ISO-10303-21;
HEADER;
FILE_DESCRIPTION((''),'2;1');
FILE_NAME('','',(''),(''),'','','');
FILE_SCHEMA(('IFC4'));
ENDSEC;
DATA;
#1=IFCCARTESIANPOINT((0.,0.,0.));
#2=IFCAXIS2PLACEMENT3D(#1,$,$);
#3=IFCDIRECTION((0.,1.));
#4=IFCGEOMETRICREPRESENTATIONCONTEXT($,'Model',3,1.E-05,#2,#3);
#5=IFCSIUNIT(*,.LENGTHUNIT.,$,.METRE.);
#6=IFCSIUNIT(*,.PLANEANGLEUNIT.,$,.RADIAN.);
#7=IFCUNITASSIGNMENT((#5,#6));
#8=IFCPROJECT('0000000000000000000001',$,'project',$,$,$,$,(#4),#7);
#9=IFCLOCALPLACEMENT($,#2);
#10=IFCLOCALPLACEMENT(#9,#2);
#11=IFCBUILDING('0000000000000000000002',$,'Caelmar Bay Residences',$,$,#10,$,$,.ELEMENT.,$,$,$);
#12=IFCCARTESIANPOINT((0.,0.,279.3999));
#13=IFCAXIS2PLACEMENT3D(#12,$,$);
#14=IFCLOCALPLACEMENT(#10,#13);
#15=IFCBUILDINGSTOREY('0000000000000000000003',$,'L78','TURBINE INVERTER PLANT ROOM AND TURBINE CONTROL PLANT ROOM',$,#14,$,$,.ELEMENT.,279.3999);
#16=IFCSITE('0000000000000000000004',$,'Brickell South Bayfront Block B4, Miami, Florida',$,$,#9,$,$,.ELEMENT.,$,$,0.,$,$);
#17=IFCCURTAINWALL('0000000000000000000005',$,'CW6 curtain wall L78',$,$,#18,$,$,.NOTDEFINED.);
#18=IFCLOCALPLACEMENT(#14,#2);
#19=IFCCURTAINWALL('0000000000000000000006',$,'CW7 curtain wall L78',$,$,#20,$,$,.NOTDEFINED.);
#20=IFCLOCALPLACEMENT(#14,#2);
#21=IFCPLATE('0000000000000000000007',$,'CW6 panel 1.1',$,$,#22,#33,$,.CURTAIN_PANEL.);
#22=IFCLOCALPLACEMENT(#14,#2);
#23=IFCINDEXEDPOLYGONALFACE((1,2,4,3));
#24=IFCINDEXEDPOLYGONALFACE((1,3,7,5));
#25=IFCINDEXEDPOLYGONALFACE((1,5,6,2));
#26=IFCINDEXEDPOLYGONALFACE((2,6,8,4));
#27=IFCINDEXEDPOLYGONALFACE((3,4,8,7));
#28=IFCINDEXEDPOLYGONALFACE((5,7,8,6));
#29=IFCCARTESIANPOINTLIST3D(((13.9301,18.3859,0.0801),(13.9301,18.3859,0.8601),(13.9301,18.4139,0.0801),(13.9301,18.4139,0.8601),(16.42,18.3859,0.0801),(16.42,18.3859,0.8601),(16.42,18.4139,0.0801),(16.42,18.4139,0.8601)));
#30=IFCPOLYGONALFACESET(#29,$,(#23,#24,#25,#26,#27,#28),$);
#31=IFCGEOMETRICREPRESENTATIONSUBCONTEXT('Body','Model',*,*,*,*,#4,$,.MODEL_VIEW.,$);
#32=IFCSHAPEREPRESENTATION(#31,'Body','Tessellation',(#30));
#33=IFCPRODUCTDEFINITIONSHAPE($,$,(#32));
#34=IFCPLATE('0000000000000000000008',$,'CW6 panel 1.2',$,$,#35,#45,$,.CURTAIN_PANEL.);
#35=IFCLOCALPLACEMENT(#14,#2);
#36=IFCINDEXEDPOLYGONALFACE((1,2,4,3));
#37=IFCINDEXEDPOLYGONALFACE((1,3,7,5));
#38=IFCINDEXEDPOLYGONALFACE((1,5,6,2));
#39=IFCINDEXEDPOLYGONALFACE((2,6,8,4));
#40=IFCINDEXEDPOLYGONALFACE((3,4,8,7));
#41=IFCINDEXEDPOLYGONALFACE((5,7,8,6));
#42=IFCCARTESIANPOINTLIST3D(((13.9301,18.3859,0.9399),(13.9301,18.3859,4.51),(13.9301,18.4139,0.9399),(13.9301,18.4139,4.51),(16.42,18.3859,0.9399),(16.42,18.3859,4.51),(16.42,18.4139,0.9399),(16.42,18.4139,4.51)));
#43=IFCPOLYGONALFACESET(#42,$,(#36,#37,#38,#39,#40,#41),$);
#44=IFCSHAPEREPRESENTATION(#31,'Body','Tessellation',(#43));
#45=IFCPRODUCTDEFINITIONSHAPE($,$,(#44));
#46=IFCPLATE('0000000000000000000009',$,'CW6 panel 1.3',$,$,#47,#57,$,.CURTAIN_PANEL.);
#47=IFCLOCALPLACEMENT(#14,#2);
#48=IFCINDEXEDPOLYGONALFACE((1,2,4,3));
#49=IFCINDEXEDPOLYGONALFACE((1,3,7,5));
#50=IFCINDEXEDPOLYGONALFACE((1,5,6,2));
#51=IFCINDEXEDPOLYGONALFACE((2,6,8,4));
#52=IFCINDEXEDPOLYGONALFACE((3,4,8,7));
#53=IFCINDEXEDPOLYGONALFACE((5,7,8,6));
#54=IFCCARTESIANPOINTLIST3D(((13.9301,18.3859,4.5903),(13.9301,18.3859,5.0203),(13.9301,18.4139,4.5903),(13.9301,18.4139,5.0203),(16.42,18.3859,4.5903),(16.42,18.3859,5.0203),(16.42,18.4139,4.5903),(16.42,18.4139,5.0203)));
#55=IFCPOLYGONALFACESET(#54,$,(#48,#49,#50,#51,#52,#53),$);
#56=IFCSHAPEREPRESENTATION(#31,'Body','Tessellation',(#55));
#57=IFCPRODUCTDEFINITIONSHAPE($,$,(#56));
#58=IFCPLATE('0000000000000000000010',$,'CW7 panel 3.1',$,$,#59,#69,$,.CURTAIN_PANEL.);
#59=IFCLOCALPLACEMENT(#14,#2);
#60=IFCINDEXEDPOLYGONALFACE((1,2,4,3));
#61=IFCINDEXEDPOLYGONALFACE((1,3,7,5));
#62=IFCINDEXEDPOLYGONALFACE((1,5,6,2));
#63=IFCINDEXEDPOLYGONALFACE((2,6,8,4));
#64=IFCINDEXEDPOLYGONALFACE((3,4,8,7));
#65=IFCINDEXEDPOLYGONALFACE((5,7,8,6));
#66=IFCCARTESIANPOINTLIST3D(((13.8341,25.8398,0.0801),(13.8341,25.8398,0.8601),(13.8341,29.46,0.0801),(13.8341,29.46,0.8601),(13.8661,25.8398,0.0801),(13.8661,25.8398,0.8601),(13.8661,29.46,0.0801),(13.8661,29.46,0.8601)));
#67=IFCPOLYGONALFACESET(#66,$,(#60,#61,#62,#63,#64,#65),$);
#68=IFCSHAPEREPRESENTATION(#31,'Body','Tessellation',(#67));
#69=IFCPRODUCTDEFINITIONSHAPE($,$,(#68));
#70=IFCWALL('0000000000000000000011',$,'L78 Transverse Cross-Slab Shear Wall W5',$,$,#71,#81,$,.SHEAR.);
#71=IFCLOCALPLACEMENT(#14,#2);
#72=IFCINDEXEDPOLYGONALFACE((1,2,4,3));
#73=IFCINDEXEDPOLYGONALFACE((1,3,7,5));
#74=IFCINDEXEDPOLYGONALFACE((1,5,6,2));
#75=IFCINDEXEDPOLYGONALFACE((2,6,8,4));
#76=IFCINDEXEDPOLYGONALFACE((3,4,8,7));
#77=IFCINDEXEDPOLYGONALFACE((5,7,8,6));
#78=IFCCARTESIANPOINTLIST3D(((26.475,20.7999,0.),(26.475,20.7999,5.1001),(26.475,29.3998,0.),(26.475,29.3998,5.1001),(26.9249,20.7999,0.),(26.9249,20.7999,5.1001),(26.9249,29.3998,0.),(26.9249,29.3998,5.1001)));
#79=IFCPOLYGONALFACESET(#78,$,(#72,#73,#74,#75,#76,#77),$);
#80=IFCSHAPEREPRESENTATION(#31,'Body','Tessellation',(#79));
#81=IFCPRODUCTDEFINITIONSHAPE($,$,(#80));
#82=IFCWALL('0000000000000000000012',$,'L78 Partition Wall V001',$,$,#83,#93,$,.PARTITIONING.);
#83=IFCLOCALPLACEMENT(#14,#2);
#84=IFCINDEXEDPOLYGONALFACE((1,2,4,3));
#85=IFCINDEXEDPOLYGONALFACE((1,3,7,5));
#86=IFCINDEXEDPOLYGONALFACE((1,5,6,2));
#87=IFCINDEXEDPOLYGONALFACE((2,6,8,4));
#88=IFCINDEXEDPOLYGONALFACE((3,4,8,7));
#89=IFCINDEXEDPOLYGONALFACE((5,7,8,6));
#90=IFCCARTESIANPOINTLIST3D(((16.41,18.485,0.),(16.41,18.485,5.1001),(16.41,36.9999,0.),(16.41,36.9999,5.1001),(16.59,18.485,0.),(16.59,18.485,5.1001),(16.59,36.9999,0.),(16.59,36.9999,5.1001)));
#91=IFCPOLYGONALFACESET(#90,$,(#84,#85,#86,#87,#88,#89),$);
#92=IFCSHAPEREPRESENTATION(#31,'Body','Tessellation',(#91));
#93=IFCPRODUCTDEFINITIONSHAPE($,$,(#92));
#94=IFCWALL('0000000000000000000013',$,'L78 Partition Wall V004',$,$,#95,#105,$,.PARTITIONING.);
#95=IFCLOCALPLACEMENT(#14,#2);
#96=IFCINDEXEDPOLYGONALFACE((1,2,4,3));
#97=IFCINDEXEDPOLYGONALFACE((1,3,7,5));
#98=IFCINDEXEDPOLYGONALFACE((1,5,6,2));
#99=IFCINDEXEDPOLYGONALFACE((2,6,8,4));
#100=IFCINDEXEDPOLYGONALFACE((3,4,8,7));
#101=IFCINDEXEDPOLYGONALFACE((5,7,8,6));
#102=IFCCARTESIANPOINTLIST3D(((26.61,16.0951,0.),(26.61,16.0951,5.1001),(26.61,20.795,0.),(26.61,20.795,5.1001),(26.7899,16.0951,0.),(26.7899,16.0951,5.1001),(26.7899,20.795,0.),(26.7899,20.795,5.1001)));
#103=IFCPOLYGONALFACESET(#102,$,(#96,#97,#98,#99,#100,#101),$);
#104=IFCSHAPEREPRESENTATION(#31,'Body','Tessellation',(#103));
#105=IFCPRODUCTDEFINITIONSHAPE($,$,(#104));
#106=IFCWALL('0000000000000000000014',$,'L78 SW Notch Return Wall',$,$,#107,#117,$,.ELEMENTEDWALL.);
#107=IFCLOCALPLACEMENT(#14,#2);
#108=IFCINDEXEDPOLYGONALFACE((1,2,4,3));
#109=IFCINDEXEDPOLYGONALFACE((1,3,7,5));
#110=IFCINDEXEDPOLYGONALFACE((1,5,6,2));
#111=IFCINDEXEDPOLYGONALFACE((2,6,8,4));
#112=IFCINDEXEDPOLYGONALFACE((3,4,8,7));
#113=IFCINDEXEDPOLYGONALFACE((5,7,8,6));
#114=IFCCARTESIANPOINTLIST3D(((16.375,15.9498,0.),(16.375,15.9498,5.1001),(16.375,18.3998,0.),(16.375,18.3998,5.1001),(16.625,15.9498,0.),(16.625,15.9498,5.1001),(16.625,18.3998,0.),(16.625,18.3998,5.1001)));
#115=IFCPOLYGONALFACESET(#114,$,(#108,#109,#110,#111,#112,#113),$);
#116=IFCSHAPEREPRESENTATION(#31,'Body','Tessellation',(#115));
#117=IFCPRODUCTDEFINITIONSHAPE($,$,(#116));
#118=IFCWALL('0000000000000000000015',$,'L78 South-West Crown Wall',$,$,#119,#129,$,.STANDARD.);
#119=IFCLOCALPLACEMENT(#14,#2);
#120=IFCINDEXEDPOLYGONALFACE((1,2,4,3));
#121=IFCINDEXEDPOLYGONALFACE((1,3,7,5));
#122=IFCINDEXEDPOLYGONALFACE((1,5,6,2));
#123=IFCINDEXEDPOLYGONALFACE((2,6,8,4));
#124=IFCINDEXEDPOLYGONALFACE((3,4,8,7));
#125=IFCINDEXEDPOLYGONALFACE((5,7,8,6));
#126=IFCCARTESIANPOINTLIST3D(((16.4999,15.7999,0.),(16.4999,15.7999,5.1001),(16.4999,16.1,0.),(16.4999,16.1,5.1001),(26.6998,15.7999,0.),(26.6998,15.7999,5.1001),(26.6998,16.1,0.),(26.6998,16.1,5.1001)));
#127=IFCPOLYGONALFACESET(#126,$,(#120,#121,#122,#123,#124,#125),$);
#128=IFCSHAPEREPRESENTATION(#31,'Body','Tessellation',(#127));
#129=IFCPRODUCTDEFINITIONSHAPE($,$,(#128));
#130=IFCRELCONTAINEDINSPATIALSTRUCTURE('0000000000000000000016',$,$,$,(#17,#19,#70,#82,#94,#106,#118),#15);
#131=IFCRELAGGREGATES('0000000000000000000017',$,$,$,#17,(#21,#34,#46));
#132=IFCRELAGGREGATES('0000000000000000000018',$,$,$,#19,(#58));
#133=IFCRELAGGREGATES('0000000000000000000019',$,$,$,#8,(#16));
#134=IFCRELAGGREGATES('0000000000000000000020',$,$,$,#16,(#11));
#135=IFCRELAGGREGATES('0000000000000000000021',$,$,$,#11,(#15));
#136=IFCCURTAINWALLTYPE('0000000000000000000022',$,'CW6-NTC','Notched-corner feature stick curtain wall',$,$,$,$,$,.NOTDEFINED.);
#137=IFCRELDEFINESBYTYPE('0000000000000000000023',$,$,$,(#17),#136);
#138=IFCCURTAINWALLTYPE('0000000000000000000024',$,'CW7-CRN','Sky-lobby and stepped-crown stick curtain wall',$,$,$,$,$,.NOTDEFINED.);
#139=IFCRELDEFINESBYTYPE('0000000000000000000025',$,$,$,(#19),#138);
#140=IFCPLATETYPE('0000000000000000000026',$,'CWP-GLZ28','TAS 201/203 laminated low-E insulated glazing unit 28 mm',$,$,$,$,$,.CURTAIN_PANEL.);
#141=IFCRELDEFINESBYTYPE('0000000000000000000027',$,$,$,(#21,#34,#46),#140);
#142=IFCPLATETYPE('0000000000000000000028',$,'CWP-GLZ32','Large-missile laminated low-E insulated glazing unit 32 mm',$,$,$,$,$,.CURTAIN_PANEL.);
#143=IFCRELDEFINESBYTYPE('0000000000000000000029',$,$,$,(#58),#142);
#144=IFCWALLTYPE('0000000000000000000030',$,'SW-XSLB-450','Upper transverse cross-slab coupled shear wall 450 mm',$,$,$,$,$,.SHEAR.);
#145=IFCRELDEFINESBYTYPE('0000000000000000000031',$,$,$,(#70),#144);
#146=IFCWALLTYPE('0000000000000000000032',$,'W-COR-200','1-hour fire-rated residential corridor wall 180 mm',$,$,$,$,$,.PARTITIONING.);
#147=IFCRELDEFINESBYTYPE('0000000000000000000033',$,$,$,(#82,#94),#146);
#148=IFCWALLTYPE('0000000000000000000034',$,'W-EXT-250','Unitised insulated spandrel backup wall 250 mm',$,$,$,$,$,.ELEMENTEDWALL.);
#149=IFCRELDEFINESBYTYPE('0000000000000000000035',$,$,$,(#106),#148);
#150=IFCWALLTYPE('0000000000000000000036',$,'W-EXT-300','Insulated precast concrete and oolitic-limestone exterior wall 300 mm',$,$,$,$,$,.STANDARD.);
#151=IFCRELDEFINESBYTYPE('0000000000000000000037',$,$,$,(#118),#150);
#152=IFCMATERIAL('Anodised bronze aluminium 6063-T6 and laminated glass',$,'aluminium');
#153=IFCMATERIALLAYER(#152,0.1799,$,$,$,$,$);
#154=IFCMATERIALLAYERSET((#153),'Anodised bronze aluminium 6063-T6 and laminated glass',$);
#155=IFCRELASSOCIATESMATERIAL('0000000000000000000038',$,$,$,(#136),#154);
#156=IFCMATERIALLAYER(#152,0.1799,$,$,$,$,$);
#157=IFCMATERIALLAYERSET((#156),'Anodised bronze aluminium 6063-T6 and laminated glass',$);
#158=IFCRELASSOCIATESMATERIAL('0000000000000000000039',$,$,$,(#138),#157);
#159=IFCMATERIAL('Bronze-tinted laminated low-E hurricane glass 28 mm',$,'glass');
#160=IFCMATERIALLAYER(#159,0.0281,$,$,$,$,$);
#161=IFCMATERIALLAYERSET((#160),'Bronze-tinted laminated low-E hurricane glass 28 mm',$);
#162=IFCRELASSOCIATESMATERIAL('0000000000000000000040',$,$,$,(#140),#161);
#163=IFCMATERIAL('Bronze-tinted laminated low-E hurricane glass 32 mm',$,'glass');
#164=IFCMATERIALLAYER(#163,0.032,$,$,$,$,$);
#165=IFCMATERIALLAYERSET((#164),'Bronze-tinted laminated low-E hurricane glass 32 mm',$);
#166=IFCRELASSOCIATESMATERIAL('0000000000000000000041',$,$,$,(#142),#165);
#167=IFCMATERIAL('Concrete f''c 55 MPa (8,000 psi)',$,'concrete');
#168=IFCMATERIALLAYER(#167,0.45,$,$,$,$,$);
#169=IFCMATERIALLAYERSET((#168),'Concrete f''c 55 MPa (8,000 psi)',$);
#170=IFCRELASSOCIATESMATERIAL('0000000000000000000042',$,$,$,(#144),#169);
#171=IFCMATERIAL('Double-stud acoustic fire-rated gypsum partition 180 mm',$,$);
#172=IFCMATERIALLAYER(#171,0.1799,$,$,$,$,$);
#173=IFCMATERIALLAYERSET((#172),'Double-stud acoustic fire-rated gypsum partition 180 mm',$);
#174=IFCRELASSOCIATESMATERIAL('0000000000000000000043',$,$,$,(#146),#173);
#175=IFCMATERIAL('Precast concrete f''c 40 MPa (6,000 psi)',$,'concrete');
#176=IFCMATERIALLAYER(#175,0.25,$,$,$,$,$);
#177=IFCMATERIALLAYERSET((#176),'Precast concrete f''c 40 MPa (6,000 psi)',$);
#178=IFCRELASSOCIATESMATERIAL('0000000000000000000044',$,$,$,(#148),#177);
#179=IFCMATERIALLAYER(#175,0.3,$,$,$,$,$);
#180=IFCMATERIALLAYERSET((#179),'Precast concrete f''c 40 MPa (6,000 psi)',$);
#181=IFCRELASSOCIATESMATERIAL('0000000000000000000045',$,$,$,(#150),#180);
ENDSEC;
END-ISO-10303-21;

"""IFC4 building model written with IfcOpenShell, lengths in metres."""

from ifc_helpers import new_model, si_unit, direction, frame, frame_2d, origin, origin_2d, place, context, subcontext, project, spatial, rectangle, extrude, material, layer, layer_set, type_object, element, aggregate, save


model = new_model("IFC4")

# Units and contexts
model_context = context("Model", 3, precision=1e-05, world=origin(), true_north=direction((0.0, 1.0)))
body_context = subcontext(model_context, "Body", "Model", "MODEL_VIEW")
ifc_project = project(units=[si_unit("LENGTHUNIT", "METRE"), si_unit("PLANEANGLEUNIT", "RADIAN")], contexts=[model_context])

# Site, building, storey
site_placement = place(None, origin())
site = spatial("IfcSite", under=ifc_project, at=site_placement, Name="Brickell South Bayfront Block B4, Miami, Florida", CompositionType="ELEMENT", RefElevation=0.0)
building_placement = place(site_placement, origin())
building = spatial("IfcBuilding", under=site, at=building_placement, Name="Caelmar Bay Residences", CompositionType="ELEMENT")
storey_placement = place(building_placement, frame((0.0, 0.0, 279.3999)))
storey = spatial("IfcBuildingStorey", under=building, at=storey_placement, Name="L78", Description="TURBINE INVERTER PLANT ROOM AND TURBINE CONTROL PLANT ROOM", CompositionType="ELEMENT", Elevation=279.3999)

# Shared definitions
ifc_material_1 = material(Name="Concrete f'c 55 MPa (8,000 psi)", Category="concrete")

# Curtain walls
ifc_material_2 = material(Name="Anodised bronze aluminium 6063-T6 and laminated glass", Category="aluminium")
ifc_layer_1 = layer(ifc_material_2, 0.1799)
ifc_layer_set_1 = layer_set([ifc_layer_1], Name="Anodised bronze aluminium 6063-T6 and laminated glass")
curtain_wall_type_1 = type_object("IfcCurtainWallType", Name="CW6-NTC", Description="Notched-corner feature stick curtain wall", PredefinedType="NOTDEFINED", material=ifc_layer_set_1)
curtain_wall_1_placement = place(storey_placement, origin())
curtain_wall_1 = element("IfcCurtainWall", 1, at=curtain_wall_1_placement, inside=storey, type_object=curtain_wall_type_1, Name="CW6 curtain wall L78", PredefinedType="NOTDEFINED")
ifc_layer_2 = layer(ifc_material_2, 0.1799)
ifc_layer_set_2 = layer_set([ifc_layer_2], Name="Anodised bronze aluminium 6063-T6 and laminated glass")
curtain_wall_type_2 = type_object("IfcCurtainWallType", Name="CW7-CRN", Description="Sky-lobby and stepped-crown stick curtain wall", PredefinedType="NOTDEFINED", material=ifc_layer_set_2)
curtain_wall_2_placement = place(storey_placement, origin())
curtain_wall_2 = element("IfcCurtainWall", 2, at=curtain_wall_2_placement, inside=storey, type_object=curtain_wall_type_2, Name="CW7 curtain wall L78", PredefinedType="NOTDEFINED")

# Plates
ifc_material_3 = material(Name="Bronze-tinted laminated low-E hurricane glass 28 mm", Category="glass")
ifc_layer_3 = layer(ifc_material_3, 0.0281)
ifc_layer_set_3 = layer_set([ifc_layer_3], Name="Bronze-tinted laminated low-E hurricane glass 28 mm")
plate_type_1 = type_object("IfcPlateType", Name="CWP-GLZ28", Description="TAS 201/203 laminated low-E insulated glazing unit 28 mm", PredefinedType="CURTAIN_PANEL", material=ifc_layer_set_3)
plate_1_placement = place(storey_placement, frame((15.175, 18.3999, 0.0801), z_axis=(0.0, 0.0, 1.0), x_axis=(1.0, 0.0, 0.0)))
plate_1 = element("IfcPlate", 3, at=plate_1_placement, type_object=plate_type_1, Name="CW6 panel 1.1", PredefinedType="CURTAIN_PANEL", context=body_context, shape_type="SweptSolid", body=[
    extrude(rectangle(XDim=2.49, YDim=0.0281, at=origin_2d()), origin(), (0.0, 0.0, 1.0), 0.78),
])
plate_2_placement = place(storey_placement, frame((15.175, 18.3999, 0.9399), z_axis=(0.0, 0.0, 1.0), x_axis=(1.0, 0.0, 0.0)))
plate_2 = element("IfcPlate", 4, at=plate_2_placement, type_object=plate_type_1, Name="CW6 panel 1.2", PredefinedType="CURTAIN_PANEL", context=body_context, shape_type="SweptSolid", body=[
    extrude(rectangle(XDim=2.49, YDim=0.0281, at=origin_2d()), origin(), (0.0, 0.0, 1.0), 3.5701),
])
plate_3_placement = place(storey_placement, frame((15.175, 18.3999, 4.5903), z_axis=(0.0, 0.0, 1.0), x_axis=(1.0, 0.0, 0.0)))
plate_3 = element("IfcPlate", 5, at=plate_3_placement, type_object=plate_type_1, Name="CW6 panel 1.3", PredefinedType="CURTAIN_PANEL", context=body_context, shape_type="SweptSolid", body=[
    extrude(rectangle(XDim=2.49, YDim=0.0281, at=origin_2d()), origin(), (0.0, 0.0, 1.0), 0.4299),
])
aggregate(curtain_wall_1, [plate_1, plate_2, plate_3])
ifc_material_4 = material(Name="Bronze-tinted laminated low-E hurricane glass 32 mm", Category="glass")
ifc_layer_4 = layer(ifc_material_4, 0.032)
ifc_layer_set_4 = layer_set([ifc_layer_4], Name="Bronze-tinted laminated low-E hurricane glass 32 mm")
plate_type_2 = type_object("IfcPlateType", Name="CWP-GLZ32", Description="Large-missile laminated low-E insulated glazing unit 32 mm", PredefinedType="CURTAIN_PANEL", material=ifc_layer_set_4)
plate_4_placement = place(storey_placement, frame((13.8501, 27.6499, 0.0801), z_axis=(0.0, 0.0, 1.0), x_axis=(0.0, 1.0, 0.0)))
plate_4 = element("IfcPlate", 6, at=plate_4_placement, type_object=plate_type_2, Name="CW7 panel 3.1", PredefinedType="CURTAIN_PANEL", context=body_context, shape_type="SweptSolid", body=[
    extrude(rectangle(XDim=3.6201, YDim=0.032, at=origin_2d()), origin(), (0.0, 0.0, 1.0), 0.78),
])
aggregate(curtain_wall_2, [plate_4])

# Walls
ifc_layer_5 = layer(ifc_material_1, 0.45)
ifc_layer_set_5 = layer_set([ifc_layer_5], Name="Concrete f'c 55 MPa (8,000 psi)")
wall_type_1 = type_object("IfcWallType", Name="SW-XSLB-450", Description="Upper transverse cross-slab coupled shear wall 450 mm", PredefinedType="SHEAR", material=ifc_layer_set_5)
wall_1_placement = place(storey_placement, frame((26.7, 20.8, 0.0), z_axis=(0.0, 0.0, 1.0), x_axis=(0.0, 1.0, 0.0)))
element("IfcWall", 7, at=wall_1_placement, inside=storey, type_object=wall_type_1, Name="L78 Transverse Cross-Slab Shear Wall W5", PredefinedType="SHEAR", context=body_context, shape_type="SweptSolid", body=[
    extrude(rectangle(XDim=8.5999, YDim=0.45, at=frame_2d((4.2998, 0.0))), origin(), (0.0, 0.0, 1.0), 5.1001),
])
ifc_material_5 = material(Name="Double-stud acoustic fire-rated gypsum partition 180 mm")
ifc_layer_6 = layer(ifc_material_5, 0.1799)
ifc_layer_set_6 = layer_set([ifc_layer_6], Name="Double-stud acoustic fire-rated gypsum partition 180 mm")
wall_type_2 = type_object("IfcWallType", Name="W-COR-200", Description="1-hour fire-rated residential corridor wall 180 mm", PredefinedType="PARTITIONING", material=ifc_layer_set_6)
wall_2_placement = place(storey_placement, frame((16.5, 18.4851, 0.0), z_axis=(0.0, 0.0, 1.0), x_axis=(0.0, 1.0, 0.0)))
element("IfcWall", 8, at=wall_2_placement, inside=storey, type_object=wall_type_2, Name="L78 Partition Wall V001", PredefinedType="PARTITIONING", context=body_context, shape_type="SweptSolid", body=[
    extrude(rectangle(XDim=18.5149, YDim=0.1799, at=frame_2d((9.2573, 0.0))), origin(), (0.0, 0.0, 1.0), 5.1001),
])
wall_3_placement = place(storey_placement, frame((26.7, 16.095, 0.0), z_axis=(0.0, 0.0, 1.0), x_axis=(0.0, 1.0, 0.0)))
element("IfcWall", 9, at=wall_3_placement, inside=storey, type_object=wall_type_2, Name="L78 Partition Wall V004", PredefinedType="PARTITIONING", context=body_context, shape_type="SweptSolid", body=[
    extrude(rectangle(XDim=4.7, YDim=0.1799, at=frame_2d((2.3501, 0.0))), origin(), (0.0, 0.0, 1.0), 5.1001),
])
ifc_material_6 = material(Name="Precast concrete f'c 40 MPa (6,000 psi)", Category="concrete")
ifc_layer_7 = layer(ifc_material_6, 0.25)
ifc_layer_set_7 = layer_set([ifc_layer_7], Name="Precast concrete f'c 40 MPa (6,000 psi)")
wall_type_3 = type_object("IfcWallType", Name="W-EXT-250", Description="Unitised insulated spandrel backup wall 250 mm", PredefinedType="ELEMENTEDWALL", material=ifc_layer_set_7)
wall_4_placement = place(storey_placement, frame((16.5, 18.3999, 0.0), z_axis=(0.0, 0.0, 1.0), x_axis=(0.0, -1.0, 0.0)))
element("IfcWall", 10, at=wall_4_placement, inside=storey, type_object=wall_type_3, Name="L78 SW Notch Return Wall", PredefinedType="ELEMENTEDWALL", context=body_context, shape_type="SweptSolid", body=[
    extrude(rectangle(XDim=2.45, YDim=0.25, at=frame_2d((1.2251, 0.0))), origin(), (0.0, 0.0, 1.0), 5.1001),
])
ifc_layer_8 = layer(ifc_material_6, 0.3)
ifc_layer_set_8 = layer_set([ifc_layer_8], Name="Precast concrete f'c 40 MPa (6,000 psi)")
wall_type_4 = type_object("IfcWallType", Name="W-EXT-300", Description="Insulated precast concrete and oolitic-limestone exterior wall 300 mm", PredefinedType="STANDARD", material=ifc_layer_set_8)
wall_5_placement = place(storey_placement, frame((26.7, 15.95, 0.0), z_axis=(0.0, 0.0, 1.0), x_axis=(-1.0, 0.0, 0.0)))
element("IfcWall", 11, at=wall_5_placement, inside=storey, type_object=wall_type_4, Name="L78 South-West Crown Wall", PredefinedType="STANDARD", context=body_context, shape_type="SweptSolid", body=[
    extrude(rectangle(XDim=10.2, YDim=0.3, at=frame_2d((5.1001, 0.0))), origin(), (0.0, 0.0, 1.0), 5.1001),
])

save(model, "model.ifc")
